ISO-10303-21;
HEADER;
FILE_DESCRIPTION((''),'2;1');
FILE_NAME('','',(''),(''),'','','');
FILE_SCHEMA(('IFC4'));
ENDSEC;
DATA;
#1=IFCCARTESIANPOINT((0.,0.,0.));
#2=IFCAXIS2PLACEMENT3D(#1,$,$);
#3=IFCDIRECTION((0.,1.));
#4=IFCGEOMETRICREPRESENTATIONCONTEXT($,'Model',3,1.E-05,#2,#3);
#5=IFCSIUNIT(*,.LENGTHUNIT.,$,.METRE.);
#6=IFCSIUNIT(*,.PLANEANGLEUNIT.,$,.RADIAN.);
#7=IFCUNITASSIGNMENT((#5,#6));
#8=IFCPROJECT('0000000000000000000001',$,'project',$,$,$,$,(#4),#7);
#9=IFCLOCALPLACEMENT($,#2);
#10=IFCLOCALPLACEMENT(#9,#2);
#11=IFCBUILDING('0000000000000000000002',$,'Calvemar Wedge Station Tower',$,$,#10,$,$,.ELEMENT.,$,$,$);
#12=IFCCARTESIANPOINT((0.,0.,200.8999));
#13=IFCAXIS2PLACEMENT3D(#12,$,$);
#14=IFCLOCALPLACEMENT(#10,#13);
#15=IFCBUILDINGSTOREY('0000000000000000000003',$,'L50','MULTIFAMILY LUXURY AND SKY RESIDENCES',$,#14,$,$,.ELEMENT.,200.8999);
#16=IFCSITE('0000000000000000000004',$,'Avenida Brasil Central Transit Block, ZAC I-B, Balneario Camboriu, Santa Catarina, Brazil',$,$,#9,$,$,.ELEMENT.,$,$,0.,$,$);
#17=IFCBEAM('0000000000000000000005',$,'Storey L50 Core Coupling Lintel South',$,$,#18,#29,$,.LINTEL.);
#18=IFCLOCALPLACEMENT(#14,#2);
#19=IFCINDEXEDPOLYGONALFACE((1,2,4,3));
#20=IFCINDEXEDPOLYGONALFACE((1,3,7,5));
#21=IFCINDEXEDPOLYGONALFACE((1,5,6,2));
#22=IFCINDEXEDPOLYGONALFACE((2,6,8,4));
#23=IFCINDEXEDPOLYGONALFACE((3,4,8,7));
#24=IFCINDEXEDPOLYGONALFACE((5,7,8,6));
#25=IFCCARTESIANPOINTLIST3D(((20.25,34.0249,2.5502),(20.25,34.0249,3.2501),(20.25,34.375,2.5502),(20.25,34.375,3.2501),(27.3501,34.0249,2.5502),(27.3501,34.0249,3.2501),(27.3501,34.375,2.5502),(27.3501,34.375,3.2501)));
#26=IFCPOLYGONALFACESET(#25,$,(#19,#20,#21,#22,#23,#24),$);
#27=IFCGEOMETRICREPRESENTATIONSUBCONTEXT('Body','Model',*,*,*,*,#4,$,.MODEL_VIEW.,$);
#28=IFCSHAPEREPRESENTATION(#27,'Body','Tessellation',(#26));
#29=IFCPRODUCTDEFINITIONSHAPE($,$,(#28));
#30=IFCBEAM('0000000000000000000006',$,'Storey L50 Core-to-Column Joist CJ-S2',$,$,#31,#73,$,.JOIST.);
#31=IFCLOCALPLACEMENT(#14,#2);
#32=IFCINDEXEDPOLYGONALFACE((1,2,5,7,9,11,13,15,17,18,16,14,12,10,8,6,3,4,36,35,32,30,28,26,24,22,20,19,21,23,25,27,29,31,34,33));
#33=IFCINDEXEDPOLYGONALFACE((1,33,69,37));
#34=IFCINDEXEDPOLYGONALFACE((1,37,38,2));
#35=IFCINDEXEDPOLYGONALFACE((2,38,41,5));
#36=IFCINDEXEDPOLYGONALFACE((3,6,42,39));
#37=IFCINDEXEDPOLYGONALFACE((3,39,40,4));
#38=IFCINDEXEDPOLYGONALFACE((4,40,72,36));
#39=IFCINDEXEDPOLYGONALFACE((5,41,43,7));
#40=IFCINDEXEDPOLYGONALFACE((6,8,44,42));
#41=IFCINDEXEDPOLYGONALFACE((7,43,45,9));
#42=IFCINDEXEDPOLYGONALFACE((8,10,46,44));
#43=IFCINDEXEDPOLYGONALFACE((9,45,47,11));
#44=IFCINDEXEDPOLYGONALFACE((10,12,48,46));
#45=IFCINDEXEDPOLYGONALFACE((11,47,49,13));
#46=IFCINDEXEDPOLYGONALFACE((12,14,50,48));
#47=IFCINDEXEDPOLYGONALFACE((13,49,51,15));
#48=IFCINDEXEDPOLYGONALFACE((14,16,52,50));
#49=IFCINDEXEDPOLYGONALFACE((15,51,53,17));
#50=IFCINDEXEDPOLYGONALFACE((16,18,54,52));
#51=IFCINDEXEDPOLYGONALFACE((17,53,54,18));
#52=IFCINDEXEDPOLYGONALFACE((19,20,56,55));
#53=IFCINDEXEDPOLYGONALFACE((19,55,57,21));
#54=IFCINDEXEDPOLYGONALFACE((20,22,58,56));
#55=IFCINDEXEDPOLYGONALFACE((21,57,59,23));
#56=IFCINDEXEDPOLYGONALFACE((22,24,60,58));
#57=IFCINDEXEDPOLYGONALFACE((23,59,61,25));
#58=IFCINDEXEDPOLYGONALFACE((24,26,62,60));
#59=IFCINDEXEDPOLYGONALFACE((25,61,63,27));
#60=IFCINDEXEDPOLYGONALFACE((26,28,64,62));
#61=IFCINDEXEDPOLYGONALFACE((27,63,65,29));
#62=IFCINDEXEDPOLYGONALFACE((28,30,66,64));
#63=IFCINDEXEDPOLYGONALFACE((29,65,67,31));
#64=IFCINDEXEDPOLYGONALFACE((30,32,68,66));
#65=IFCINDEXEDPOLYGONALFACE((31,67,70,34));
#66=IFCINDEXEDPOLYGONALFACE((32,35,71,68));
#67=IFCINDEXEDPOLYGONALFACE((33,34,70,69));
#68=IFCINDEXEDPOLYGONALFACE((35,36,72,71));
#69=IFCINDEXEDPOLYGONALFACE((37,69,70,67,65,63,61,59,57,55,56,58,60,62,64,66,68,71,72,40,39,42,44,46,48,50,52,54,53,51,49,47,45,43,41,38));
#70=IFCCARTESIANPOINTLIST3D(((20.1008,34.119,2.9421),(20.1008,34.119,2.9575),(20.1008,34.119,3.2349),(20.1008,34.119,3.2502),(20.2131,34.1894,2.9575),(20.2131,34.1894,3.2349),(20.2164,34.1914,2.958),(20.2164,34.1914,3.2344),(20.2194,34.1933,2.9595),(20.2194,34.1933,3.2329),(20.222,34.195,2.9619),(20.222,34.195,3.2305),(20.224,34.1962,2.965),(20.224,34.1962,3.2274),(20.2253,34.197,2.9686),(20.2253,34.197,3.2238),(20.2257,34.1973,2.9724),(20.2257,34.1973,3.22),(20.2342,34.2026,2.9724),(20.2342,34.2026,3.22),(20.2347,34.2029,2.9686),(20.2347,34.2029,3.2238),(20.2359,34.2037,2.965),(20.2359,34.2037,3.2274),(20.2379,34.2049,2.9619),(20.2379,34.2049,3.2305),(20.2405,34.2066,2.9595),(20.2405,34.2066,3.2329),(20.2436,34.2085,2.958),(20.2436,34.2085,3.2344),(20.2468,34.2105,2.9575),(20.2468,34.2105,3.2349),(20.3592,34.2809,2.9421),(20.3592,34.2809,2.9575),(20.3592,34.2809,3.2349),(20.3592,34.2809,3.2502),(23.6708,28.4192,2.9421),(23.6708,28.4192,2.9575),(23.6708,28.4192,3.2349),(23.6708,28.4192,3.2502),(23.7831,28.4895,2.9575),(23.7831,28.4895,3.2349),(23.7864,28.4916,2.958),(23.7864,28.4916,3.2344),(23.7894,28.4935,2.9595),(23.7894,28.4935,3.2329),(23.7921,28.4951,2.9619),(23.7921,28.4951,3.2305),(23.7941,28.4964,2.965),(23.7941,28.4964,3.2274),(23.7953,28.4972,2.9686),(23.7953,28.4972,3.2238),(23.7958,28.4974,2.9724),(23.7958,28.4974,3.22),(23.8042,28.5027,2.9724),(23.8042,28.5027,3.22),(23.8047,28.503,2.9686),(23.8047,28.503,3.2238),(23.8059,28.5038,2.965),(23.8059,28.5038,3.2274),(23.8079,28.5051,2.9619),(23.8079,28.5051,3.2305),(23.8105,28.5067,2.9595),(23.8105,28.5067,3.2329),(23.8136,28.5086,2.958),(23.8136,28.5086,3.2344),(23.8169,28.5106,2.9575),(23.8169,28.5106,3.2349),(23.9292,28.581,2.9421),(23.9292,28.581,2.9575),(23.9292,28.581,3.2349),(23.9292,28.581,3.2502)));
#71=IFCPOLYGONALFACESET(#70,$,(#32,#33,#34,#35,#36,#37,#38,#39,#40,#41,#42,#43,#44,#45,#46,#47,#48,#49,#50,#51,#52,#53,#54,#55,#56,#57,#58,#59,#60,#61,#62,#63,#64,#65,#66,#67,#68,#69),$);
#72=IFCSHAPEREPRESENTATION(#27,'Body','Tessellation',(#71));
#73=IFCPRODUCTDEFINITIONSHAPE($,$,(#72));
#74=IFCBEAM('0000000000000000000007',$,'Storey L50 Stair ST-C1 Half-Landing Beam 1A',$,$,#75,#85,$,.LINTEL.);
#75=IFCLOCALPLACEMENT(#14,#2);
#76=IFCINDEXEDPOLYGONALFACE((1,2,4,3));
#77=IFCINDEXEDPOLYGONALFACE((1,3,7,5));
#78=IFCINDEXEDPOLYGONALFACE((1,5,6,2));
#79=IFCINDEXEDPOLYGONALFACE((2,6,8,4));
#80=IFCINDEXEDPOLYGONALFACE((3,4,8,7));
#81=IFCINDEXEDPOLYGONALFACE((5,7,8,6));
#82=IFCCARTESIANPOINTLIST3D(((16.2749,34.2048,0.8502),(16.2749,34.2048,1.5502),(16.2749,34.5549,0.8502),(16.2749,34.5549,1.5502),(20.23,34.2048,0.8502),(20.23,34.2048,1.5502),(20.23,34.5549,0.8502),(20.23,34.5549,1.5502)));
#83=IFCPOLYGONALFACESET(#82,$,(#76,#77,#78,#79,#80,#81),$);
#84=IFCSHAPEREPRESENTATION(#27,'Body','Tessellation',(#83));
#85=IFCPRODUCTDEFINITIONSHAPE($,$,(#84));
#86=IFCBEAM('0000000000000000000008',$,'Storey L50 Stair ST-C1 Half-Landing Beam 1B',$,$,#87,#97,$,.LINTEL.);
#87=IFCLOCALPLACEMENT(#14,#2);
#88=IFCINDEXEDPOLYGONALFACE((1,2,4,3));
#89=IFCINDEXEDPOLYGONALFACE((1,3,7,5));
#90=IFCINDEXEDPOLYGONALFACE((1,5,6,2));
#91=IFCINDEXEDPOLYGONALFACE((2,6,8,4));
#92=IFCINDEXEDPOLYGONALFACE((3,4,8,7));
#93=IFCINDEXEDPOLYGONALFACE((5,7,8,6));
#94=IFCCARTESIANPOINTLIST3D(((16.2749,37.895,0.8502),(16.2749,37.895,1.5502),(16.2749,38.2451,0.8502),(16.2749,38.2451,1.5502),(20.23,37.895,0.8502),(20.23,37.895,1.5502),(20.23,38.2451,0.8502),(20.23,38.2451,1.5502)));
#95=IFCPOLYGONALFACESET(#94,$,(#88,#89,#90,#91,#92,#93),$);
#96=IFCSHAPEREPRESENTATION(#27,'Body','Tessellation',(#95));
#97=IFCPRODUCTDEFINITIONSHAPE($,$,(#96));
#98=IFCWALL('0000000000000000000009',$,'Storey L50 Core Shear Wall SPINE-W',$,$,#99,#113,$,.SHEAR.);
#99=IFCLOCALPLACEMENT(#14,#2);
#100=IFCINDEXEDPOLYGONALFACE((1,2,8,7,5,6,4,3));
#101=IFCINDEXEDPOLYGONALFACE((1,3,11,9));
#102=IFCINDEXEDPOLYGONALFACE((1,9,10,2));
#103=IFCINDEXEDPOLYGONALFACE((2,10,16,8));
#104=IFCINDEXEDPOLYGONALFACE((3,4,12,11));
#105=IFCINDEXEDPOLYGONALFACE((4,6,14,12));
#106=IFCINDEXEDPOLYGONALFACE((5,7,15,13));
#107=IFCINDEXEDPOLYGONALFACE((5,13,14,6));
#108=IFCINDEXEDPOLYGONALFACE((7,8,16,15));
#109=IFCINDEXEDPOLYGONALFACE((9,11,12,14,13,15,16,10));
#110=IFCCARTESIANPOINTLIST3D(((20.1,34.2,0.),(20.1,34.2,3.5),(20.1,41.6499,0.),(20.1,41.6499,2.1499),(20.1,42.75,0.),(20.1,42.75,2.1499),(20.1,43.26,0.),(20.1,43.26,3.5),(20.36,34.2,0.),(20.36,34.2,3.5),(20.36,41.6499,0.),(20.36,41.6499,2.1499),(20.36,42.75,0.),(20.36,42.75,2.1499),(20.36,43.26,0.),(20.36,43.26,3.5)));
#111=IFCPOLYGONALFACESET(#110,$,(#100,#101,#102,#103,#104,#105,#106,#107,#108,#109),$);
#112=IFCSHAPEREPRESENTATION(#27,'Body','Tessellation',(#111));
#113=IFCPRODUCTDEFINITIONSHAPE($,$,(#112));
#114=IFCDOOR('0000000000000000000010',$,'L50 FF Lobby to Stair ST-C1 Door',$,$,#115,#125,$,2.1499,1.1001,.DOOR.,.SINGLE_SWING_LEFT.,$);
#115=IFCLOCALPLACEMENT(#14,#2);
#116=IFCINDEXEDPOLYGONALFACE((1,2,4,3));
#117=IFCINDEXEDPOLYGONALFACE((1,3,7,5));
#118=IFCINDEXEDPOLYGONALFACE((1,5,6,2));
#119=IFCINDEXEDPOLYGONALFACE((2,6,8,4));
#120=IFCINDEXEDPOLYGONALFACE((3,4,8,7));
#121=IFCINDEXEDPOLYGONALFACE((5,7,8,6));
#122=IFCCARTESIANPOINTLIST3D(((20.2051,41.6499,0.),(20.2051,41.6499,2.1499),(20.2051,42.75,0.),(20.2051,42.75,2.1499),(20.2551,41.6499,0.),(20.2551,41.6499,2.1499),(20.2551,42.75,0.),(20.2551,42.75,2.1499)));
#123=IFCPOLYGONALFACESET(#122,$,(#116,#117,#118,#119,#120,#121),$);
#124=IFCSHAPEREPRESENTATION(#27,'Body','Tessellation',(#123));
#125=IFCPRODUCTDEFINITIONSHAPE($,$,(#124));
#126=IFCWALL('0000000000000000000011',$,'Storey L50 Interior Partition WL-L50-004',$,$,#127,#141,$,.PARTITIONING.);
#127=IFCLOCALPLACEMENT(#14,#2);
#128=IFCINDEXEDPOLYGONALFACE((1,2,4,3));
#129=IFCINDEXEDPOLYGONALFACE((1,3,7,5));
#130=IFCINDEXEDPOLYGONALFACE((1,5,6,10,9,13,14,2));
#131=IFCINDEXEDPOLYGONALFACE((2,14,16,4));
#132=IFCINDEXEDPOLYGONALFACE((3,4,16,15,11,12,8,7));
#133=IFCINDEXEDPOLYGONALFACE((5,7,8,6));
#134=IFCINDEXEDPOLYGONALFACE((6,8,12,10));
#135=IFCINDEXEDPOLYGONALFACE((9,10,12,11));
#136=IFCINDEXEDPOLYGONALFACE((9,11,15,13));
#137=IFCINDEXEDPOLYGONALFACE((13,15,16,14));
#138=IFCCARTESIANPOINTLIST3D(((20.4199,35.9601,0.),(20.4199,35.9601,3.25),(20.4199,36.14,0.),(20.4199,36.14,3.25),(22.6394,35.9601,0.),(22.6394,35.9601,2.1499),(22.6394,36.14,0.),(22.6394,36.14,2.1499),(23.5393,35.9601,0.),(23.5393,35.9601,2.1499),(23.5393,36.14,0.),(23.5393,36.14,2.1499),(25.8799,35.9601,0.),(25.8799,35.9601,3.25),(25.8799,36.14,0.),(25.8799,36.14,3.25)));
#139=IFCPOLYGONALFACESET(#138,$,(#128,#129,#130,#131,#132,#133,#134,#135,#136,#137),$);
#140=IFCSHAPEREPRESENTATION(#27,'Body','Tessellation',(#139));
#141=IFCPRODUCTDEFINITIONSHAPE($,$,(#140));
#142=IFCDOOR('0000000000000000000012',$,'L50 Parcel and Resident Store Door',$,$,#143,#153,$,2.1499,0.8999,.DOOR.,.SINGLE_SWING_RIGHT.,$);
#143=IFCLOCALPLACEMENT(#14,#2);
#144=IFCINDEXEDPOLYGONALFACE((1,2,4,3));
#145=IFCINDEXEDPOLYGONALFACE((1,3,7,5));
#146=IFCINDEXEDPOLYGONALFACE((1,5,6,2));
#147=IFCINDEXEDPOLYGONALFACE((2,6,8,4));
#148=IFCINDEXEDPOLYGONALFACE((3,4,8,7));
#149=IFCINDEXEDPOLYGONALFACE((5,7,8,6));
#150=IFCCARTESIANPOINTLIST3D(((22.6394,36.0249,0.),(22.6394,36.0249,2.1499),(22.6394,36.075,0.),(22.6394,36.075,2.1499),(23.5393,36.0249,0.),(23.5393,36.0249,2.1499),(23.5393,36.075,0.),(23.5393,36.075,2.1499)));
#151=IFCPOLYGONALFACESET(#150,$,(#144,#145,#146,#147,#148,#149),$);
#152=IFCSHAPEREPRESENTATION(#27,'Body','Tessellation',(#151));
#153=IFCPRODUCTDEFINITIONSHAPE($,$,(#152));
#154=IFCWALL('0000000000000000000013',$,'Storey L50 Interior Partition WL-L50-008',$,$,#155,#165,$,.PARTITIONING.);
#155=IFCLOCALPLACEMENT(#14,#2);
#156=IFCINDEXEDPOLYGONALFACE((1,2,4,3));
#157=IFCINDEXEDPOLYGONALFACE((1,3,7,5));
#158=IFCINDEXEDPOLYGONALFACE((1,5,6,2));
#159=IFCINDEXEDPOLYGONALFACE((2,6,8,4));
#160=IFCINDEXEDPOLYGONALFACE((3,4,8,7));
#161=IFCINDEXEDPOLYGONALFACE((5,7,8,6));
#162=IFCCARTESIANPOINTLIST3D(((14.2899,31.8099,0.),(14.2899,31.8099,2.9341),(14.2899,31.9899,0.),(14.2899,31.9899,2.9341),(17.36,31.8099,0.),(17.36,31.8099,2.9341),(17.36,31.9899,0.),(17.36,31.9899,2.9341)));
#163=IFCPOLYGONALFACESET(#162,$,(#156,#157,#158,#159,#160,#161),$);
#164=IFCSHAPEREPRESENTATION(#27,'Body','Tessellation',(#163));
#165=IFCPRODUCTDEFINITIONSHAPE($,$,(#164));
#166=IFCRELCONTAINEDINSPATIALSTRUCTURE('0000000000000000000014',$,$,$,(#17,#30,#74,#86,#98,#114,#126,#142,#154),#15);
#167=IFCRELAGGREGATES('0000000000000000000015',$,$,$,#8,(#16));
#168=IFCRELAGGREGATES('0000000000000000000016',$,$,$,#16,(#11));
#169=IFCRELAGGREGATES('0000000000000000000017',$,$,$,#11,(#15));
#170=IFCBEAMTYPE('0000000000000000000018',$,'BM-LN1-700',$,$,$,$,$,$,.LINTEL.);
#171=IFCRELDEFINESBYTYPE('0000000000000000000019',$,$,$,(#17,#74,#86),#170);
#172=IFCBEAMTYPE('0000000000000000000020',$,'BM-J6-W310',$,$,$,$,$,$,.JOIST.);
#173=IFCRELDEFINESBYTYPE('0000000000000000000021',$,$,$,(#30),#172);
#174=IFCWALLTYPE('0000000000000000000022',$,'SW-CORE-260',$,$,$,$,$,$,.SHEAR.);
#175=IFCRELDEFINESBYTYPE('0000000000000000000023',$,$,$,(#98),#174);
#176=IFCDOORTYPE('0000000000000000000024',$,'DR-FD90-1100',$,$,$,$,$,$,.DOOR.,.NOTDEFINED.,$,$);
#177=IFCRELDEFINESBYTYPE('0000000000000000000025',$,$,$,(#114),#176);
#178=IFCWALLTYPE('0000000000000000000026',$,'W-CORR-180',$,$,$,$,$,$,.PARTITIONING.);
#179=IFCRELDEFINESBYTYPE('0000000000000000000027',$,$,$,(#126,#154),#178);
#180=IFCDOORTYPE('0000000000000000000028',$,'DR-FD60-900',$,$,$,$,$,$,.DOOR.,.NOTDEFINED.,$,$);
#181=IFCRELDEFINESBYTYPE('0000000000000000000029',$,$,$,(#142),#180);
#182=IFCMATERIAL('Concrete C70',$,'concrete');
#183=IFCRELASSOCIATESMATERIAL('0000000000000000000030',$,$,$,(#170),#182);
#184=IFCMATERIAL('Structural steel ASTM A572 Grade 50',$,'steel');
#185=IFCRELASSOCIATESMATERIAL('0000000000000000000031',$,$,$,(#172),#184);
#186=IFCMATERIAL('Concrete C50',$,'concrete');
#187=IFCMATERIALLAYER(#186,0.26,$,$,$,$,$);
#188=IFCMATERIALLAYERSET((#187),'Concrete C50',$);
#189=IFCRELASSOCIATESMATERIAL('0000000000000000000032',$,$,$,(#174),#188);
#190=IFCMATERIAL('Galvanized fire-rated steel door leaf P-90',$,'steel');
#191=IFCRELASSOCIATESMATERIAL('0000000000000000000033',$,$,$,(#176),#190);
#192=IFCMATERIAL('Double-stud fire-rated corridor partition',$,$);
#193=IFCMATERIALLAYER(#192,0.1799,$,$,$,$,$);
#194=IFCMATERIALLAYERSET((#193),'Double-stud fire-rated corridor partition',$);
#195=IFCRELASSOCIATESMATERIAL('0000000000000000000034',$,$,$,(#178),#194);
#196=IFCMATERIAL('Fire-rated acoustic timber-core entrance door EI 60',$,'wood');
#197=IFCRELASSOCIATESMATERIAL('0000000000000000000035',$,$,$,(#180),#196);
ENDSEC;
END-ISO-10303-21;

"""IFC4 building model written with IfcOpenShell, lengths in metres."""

from ifc_helpers import new_model, si_unit, direction, frame, frame_2d, origin, origin_2d, place, context, subcontext, project, spatial, rectangle, i_section, extrude, source, transform, mapped, material, layer, layer_set, material_profile, profile_set, type_object, element, fill, save


model = new_model("IFC4")

# Units and contexts
model_context = context("Model", 3, precision=1e-05, world=origin(), true_north=direction((0.0, 1.0)))
body_context = subcontext(model_context, "Body", "Model", "MODEL_VIEW")
ifc_project = project(units=[si_unit("LENGTHUNIT", "METRE"), si_unit("PLANEANGLEUNIT", "RADIAN")], contexts=[model_context])

# Site, building, storey
site_placement = place(None, origin())
site = spatial("IfcSite", under=ifc_project, at=site_placement, Name="Avenida Brasil Central Transit Block, ZAC I-B, Balneario Camboriu, Santa Catarina, Brazil", CompositionType="ELEMENT", RefElevation=0.0)
building_placement = place(site_placement, origin())
building = spatial("IfcBuilding", under=site, at=building_placement, Name="Calvemar Wedge Station Tower", CompositionType="ELEMENT")
storey_placement = place(building_placement, frame((0.0, 0.0, 200.8999)))
storey = spatial("IfcBuildingStorey", under=building, at=storey_placement, Name="L50", Description="MULTIFAMILY LUXURY AND SKY RESIDENCES", CompositionType="ELEMENT", Elevation=200.8999)

# Beams
ifc_material_1 = material(Name="Concrete C70", Category="concrete")
ifc_material_profile_1 = material_profile(ifc_material_1, rectangle(XDim=0.3501, YDim=0.7, at=origin_2d()), Name="RC350x700")
ifc_profile_set_1 = profile_set([ifc_material_profile_1], Name="Concrete C70")
beam_type_1 = type_object("IfcBeamType", Name="BM-LN1-700", PredefinedType="LINTEL", material=ifc_profile_set_1)
shared_shape_1 = source(origin(), body_context, "Body", "SweptSolid", [
    extrude(rectangle(XDim=0.3501, YDim=0.7, at=origin_2d()), origin(), (0.0, 0.0, 1.0), 7.1001),
])
beam_1_placement = place(storey_placement, frame((20.25, 34.2, 2.9001), z_axis=(1.0, 0.0, 0.0), x_axis=(0.0, 1.0, 0.0)))
element("IfcBeam", 1, at=beam_1_placement, inside=storey, type_object=beam_type_1, Name="Storey L50 Core Coupling Lintel South", PredefinedType="LINTEL", context=body_context, shape_type="MappedRepresentation", body=[
    mapped(shared_shape_1, transform((0.0, 0.0, 0.0), scale=1.0)),
])
ifc_material_2 = material(Name="Structural steel ASTM A572 Grade 50", Category="steel")
ifc_material_profile_2 = material_profile(ifc_material_2, i_section(OverallWidth=0.3049, OverallDepth=0.3081, WebThickness=0.01, FlangeThickness=0.0154, FilletRadius=0.0149, at=origin_2d()), Name="W310x97")
ifc_profile_set_2 = profile_set([ifc_material_profile_2], Name="Structural steel ASTM A572 Grade 50")
beam_type_2 = type_object("IfcBeamType", Name="BM-J6-W310", PredefinedType="JOIST", material=ifc_profile_set_2)
shared_shape_2 = source(origin(), body_context, "Body", "SweptSolid", [
    extrude(i_section(OverallWidth=0.3049, OverallDepth=0.3081, WebThickness=0.01, FlangeThickness=0.0154, FilletRadius=0.0149, at=origin_2d()), origin(), (0.0, 0.0, 1.0), 6.7256),
])
beam_2_placement = place(storey_placement, frame((20.23, 34.2, 3.0962), z_axis=(0.530811, -0.84749, 0.0), x_axis=(0.84749, 0.530811, 0.0)))
element("IfcBeam", 2, at=beam_2_placement, inside=storey, type_object=beam_type_2, Name="Storey L50 Core-to-Column Joist CJ-S2", PredefinedType="JOIST", context=body_context, shape_type="MappedRepresentation", body=[
    mapped(shared_shape_2, transform((0.0, 0.0, 0.0), scale=1.0)),
])
shared_shape_3 = source(origin(), body_context, "Body", "SweptSolid", [
    extrude(rectangle(XDim=0.3501, YDim=0.7, at=origin_2d()), origin(), (0.0, 0.0, 1.0), 3.9551),
])
for number, where, z_axis, x_axis, name in (
    (3, (16.2749, 34.3799, 1.2002), (1.0, 0.0, 0.0), (0.0, 1.0, 0.0), "Storey L50 Stair ST-C1 Half-Landing Beam 1A"),
    (4, (16.2749, 38.0701, 1.2002), (1.0, 0.0, 0.0), (0.0, 1.0, 0.0), "Storey L50 Stair ST-C1 Half-Landing Beam 1B"),
):
    element("IfcBeam", number, at=place(storey_placement, frame(where, z_axis=z_axis, x_axis=x_axis)), inside=storey, type_object=beam_type_1, Name=name, PredefinedType="LINTEL", context=body_context, shape_type="MappedRepresentation", body=[
        mapped(shared_shape_3, transform((0.0, 0.0, 0.0), scale=1.0)),
    ])

# Walls, openings, doors
ifc_material_3 = material(Name="Concrete C50", Category="concrete")
ifc_layer_1 = layer(ifc_material_3, 0.26)
ifc_layer_set_1 = layer_set([ifc_layer_1], Name="Concrete C50")
wall_type_1 = type_object("IfcWallType", Name="SW-CORE-260", PredefinedType="SHEAR", material=ifc_layer_set_1)
wall_1_placement = place(storey_placement, frame((20.23, 34.2, 0.0), z_axis=(0.0, 0.0, 1.0), x_axis=(0.0, 1.0, 0.0)))
wall_1 = element("IfcWall", 5, at=wall_1_placement, inside=storey, type_object=wall_type_1, Name="Storey L50 Core Shear Wall SPINE-W", PredefinedType="SHEAR", context=body_context, shape_type="SweptSolid", body=[
    extrude(rectangle(XDim=9.0601, YDim=0.26, at=frame_2d((4.53, 0.0))), origin(), (0.0, 0.0, 1.0), 3.5),
])
shared_shape_4 = source(origin(), body_context, "Body", "SweptSolid", [
    extrude(rectangle(XDim=1.1001, YDim=2.1499, at=frame_2d((0.55, 1.075))), frame((0.0, 0.1401, 0.0), z_axis=(0.0, -1.0, 0.0), x_axis=(1.0, 0.0, 0.0)), (0.0, 0.0, 1.0), 0.28),
])
opening_1_placement = place(wall_1_placement, frame((7.45, 0.0, 0.0)))
opening_1 = element("IfcOpeningElement", 6, at=opening_1_placement, cuts=wall_1, PredefinedType="OPENING", context=body_context, shape_type="MappedRepresentation", body=[
    mapped(shared_shape_4, transform((0.0, 0.0, 0.0), scale=1.0)),
])
ifc_material_4 = material(Name="Galvanized fire-rated steel door leaf P-90", Category="steel")
door_type_1 = type_object("IfcDoorType", Name="DR-FD90-1100", OperationType="NOTDEFINED", PredefinedType="DOOR", material=ifc_material_4)
shared_shape_5 = source(origin(), body_context, "Body", "SweptSolid", [
    extrude(rectangle(XDim=1.1001, YDim=2.1499, at=frame_2d((0.55, 1.075))), frame((0.0, 0.0249, 0.0), z_axis=(0.0, -1.0, 0.0), x_axis=(1.0, 0.0, 0.0)), (0.0, 0.0, 1.0), 0.05),
])
door_1_placement = place(opening_1_placement, origin())
door_1 = element("IfcDoor", 7, at=door_1_placement, inside=storey, type_object=door_type_1, Name="L50 FF Lobby to Stair ST-C1 Door", OperationType="SINGLE_SWING_LEFT", OverallHeight=2.1499, OverallWidth=1.1001, PredefinedType="DOOR", context=body_context, shape_type="MappedRepresentation", body=[
    mapped(shared_shape_5, transform((0.0, 0.0, 0.0), scale=1.0)),
])
fill(opening_1, door_1)
ifc_material_5 = material(Name="Double-stud fire-rated corridor partition")
ifc_layer_2 = layer(ifc_material_5, 0.1799)
ifc_layer_set_2 = layer_set([ifc_layer_2], Name="Double-stud fire-rated corridor partition")
wall_type_2 = type_object("IfcWallType", Name="W-CORR-180", PredefinedType="PARTITIONING", material=ifc_layer_set_2)
wall_2_placement = place(storey_placement, frame((20.4199, 36.05, 0.0), z_axis=(0.0, 0.0, 1.0), x_axis=(1.0, 0.0, 0.0)))
wall_2 = element("IfcWall", 8, at=wall_2_placement, inside=storey, type_object=wall_type_2, Name="Storey L50 Interior Partition WL-L50-004", PredefinedType="PARTITIONING", context=body_context, shape_type="SweptSolid", body=[
    extrude(rectangle(XDim=5.46, YDim=0.1799, at=frame_2d((2.73, 0.0))), origin(), (0.0, 0.0, 1.0), 3.25),
])
shared_shape_6 = source(origin(), body_context, "Body", "SweptSolid", [
    extrude(rectangle(XDim=0.8999, YDim=2.1499, at=frame_2d((0.45, 1.075))), frame((0.0, 0.1001, 0.0), z_axis=(0.0, -1.0, 0.0), x_axis=(1.0, 0.0, 0.0)), (0.0, 0.0, 1.0), 0.2),
])
opening_2_placement = place(wall_2_placement, frame((2.2195, 0.0, 0.0)))
opening_2 = element("IfcOpeningElement", 9, at=opening_2_placement, cuts=wall_2, PredefinedType="OPENING", context=body_context, shape_type="MappedRepresentation", body=[
    mapped(shared_shape_6, transform((0.0, 0.0, 0.0), scale=1.0)),
])
ifc_material_6 = material(Name="Fire-rated acoustic timber-core entrance door EI 60", Category="wood")
door_type_2 = type_object("IfcDoorType", Name="DR-FD60-900", OperationType="NOTDEFINED", PredefinedType="DOOR", material=ifc_material_6)
shared_shape_7 = source(origin(), body_context, "Body", "SweptSolid", [
    extrude(rectangle(XDim=0.8999, YDim=2.1499, at=frame_2d((0.45, 1.075))), frame((0.0, 0.0249, 0.0), z_axis=(0.0, -1.0, 0.0), x_axis=(1.0, 0.0, 0.0)), (0.0, 0.0, 1.0), 0.05),
])
door_2_placement = place(opening_2_placement, origin())
door_2 = element("IfcDoor", 10, at=door_2_placement, inside=storey, type_object=door_type_2, Name="L50 Parcel and Resident Store Door", OperationType="SINGLE_SWING_RIGHT", OverallHeight=2.1499, OverallWidth=0.8999, PredefinedType="DOOR", context=body_context, shape_type="MappedRepresentation", body=[
    mapped(shared_shape_7, transform((0.0, 0.0, 0.0), scale=1.0)),
])
fill(opening_2, door_2)

# Wall
wall_3_placement = place(storey_placement, frame((17.3601, 31.8999, 0.0), z_axis=(0.0, 0.0, 1.0), x_axis=(-1.0, 0.0, 0.0)))
element("IfcWall", 11, at=wall_3_placement, inside=storey, type_object=wall_type_2, Name="Storey L50 Interior Partition WL-L50-008", PredefinedType="PARTITIONING", context=body_context, shape_type="SweptSolid", body=[
    extrude(rectangle(XDim=3.0701, YDim=0.1799, at=frame_2d((1.5352, 0.0))), origin(), (0.0, 0.0, 1.0), 2.9341),
])

save(model, "model.ifc")
